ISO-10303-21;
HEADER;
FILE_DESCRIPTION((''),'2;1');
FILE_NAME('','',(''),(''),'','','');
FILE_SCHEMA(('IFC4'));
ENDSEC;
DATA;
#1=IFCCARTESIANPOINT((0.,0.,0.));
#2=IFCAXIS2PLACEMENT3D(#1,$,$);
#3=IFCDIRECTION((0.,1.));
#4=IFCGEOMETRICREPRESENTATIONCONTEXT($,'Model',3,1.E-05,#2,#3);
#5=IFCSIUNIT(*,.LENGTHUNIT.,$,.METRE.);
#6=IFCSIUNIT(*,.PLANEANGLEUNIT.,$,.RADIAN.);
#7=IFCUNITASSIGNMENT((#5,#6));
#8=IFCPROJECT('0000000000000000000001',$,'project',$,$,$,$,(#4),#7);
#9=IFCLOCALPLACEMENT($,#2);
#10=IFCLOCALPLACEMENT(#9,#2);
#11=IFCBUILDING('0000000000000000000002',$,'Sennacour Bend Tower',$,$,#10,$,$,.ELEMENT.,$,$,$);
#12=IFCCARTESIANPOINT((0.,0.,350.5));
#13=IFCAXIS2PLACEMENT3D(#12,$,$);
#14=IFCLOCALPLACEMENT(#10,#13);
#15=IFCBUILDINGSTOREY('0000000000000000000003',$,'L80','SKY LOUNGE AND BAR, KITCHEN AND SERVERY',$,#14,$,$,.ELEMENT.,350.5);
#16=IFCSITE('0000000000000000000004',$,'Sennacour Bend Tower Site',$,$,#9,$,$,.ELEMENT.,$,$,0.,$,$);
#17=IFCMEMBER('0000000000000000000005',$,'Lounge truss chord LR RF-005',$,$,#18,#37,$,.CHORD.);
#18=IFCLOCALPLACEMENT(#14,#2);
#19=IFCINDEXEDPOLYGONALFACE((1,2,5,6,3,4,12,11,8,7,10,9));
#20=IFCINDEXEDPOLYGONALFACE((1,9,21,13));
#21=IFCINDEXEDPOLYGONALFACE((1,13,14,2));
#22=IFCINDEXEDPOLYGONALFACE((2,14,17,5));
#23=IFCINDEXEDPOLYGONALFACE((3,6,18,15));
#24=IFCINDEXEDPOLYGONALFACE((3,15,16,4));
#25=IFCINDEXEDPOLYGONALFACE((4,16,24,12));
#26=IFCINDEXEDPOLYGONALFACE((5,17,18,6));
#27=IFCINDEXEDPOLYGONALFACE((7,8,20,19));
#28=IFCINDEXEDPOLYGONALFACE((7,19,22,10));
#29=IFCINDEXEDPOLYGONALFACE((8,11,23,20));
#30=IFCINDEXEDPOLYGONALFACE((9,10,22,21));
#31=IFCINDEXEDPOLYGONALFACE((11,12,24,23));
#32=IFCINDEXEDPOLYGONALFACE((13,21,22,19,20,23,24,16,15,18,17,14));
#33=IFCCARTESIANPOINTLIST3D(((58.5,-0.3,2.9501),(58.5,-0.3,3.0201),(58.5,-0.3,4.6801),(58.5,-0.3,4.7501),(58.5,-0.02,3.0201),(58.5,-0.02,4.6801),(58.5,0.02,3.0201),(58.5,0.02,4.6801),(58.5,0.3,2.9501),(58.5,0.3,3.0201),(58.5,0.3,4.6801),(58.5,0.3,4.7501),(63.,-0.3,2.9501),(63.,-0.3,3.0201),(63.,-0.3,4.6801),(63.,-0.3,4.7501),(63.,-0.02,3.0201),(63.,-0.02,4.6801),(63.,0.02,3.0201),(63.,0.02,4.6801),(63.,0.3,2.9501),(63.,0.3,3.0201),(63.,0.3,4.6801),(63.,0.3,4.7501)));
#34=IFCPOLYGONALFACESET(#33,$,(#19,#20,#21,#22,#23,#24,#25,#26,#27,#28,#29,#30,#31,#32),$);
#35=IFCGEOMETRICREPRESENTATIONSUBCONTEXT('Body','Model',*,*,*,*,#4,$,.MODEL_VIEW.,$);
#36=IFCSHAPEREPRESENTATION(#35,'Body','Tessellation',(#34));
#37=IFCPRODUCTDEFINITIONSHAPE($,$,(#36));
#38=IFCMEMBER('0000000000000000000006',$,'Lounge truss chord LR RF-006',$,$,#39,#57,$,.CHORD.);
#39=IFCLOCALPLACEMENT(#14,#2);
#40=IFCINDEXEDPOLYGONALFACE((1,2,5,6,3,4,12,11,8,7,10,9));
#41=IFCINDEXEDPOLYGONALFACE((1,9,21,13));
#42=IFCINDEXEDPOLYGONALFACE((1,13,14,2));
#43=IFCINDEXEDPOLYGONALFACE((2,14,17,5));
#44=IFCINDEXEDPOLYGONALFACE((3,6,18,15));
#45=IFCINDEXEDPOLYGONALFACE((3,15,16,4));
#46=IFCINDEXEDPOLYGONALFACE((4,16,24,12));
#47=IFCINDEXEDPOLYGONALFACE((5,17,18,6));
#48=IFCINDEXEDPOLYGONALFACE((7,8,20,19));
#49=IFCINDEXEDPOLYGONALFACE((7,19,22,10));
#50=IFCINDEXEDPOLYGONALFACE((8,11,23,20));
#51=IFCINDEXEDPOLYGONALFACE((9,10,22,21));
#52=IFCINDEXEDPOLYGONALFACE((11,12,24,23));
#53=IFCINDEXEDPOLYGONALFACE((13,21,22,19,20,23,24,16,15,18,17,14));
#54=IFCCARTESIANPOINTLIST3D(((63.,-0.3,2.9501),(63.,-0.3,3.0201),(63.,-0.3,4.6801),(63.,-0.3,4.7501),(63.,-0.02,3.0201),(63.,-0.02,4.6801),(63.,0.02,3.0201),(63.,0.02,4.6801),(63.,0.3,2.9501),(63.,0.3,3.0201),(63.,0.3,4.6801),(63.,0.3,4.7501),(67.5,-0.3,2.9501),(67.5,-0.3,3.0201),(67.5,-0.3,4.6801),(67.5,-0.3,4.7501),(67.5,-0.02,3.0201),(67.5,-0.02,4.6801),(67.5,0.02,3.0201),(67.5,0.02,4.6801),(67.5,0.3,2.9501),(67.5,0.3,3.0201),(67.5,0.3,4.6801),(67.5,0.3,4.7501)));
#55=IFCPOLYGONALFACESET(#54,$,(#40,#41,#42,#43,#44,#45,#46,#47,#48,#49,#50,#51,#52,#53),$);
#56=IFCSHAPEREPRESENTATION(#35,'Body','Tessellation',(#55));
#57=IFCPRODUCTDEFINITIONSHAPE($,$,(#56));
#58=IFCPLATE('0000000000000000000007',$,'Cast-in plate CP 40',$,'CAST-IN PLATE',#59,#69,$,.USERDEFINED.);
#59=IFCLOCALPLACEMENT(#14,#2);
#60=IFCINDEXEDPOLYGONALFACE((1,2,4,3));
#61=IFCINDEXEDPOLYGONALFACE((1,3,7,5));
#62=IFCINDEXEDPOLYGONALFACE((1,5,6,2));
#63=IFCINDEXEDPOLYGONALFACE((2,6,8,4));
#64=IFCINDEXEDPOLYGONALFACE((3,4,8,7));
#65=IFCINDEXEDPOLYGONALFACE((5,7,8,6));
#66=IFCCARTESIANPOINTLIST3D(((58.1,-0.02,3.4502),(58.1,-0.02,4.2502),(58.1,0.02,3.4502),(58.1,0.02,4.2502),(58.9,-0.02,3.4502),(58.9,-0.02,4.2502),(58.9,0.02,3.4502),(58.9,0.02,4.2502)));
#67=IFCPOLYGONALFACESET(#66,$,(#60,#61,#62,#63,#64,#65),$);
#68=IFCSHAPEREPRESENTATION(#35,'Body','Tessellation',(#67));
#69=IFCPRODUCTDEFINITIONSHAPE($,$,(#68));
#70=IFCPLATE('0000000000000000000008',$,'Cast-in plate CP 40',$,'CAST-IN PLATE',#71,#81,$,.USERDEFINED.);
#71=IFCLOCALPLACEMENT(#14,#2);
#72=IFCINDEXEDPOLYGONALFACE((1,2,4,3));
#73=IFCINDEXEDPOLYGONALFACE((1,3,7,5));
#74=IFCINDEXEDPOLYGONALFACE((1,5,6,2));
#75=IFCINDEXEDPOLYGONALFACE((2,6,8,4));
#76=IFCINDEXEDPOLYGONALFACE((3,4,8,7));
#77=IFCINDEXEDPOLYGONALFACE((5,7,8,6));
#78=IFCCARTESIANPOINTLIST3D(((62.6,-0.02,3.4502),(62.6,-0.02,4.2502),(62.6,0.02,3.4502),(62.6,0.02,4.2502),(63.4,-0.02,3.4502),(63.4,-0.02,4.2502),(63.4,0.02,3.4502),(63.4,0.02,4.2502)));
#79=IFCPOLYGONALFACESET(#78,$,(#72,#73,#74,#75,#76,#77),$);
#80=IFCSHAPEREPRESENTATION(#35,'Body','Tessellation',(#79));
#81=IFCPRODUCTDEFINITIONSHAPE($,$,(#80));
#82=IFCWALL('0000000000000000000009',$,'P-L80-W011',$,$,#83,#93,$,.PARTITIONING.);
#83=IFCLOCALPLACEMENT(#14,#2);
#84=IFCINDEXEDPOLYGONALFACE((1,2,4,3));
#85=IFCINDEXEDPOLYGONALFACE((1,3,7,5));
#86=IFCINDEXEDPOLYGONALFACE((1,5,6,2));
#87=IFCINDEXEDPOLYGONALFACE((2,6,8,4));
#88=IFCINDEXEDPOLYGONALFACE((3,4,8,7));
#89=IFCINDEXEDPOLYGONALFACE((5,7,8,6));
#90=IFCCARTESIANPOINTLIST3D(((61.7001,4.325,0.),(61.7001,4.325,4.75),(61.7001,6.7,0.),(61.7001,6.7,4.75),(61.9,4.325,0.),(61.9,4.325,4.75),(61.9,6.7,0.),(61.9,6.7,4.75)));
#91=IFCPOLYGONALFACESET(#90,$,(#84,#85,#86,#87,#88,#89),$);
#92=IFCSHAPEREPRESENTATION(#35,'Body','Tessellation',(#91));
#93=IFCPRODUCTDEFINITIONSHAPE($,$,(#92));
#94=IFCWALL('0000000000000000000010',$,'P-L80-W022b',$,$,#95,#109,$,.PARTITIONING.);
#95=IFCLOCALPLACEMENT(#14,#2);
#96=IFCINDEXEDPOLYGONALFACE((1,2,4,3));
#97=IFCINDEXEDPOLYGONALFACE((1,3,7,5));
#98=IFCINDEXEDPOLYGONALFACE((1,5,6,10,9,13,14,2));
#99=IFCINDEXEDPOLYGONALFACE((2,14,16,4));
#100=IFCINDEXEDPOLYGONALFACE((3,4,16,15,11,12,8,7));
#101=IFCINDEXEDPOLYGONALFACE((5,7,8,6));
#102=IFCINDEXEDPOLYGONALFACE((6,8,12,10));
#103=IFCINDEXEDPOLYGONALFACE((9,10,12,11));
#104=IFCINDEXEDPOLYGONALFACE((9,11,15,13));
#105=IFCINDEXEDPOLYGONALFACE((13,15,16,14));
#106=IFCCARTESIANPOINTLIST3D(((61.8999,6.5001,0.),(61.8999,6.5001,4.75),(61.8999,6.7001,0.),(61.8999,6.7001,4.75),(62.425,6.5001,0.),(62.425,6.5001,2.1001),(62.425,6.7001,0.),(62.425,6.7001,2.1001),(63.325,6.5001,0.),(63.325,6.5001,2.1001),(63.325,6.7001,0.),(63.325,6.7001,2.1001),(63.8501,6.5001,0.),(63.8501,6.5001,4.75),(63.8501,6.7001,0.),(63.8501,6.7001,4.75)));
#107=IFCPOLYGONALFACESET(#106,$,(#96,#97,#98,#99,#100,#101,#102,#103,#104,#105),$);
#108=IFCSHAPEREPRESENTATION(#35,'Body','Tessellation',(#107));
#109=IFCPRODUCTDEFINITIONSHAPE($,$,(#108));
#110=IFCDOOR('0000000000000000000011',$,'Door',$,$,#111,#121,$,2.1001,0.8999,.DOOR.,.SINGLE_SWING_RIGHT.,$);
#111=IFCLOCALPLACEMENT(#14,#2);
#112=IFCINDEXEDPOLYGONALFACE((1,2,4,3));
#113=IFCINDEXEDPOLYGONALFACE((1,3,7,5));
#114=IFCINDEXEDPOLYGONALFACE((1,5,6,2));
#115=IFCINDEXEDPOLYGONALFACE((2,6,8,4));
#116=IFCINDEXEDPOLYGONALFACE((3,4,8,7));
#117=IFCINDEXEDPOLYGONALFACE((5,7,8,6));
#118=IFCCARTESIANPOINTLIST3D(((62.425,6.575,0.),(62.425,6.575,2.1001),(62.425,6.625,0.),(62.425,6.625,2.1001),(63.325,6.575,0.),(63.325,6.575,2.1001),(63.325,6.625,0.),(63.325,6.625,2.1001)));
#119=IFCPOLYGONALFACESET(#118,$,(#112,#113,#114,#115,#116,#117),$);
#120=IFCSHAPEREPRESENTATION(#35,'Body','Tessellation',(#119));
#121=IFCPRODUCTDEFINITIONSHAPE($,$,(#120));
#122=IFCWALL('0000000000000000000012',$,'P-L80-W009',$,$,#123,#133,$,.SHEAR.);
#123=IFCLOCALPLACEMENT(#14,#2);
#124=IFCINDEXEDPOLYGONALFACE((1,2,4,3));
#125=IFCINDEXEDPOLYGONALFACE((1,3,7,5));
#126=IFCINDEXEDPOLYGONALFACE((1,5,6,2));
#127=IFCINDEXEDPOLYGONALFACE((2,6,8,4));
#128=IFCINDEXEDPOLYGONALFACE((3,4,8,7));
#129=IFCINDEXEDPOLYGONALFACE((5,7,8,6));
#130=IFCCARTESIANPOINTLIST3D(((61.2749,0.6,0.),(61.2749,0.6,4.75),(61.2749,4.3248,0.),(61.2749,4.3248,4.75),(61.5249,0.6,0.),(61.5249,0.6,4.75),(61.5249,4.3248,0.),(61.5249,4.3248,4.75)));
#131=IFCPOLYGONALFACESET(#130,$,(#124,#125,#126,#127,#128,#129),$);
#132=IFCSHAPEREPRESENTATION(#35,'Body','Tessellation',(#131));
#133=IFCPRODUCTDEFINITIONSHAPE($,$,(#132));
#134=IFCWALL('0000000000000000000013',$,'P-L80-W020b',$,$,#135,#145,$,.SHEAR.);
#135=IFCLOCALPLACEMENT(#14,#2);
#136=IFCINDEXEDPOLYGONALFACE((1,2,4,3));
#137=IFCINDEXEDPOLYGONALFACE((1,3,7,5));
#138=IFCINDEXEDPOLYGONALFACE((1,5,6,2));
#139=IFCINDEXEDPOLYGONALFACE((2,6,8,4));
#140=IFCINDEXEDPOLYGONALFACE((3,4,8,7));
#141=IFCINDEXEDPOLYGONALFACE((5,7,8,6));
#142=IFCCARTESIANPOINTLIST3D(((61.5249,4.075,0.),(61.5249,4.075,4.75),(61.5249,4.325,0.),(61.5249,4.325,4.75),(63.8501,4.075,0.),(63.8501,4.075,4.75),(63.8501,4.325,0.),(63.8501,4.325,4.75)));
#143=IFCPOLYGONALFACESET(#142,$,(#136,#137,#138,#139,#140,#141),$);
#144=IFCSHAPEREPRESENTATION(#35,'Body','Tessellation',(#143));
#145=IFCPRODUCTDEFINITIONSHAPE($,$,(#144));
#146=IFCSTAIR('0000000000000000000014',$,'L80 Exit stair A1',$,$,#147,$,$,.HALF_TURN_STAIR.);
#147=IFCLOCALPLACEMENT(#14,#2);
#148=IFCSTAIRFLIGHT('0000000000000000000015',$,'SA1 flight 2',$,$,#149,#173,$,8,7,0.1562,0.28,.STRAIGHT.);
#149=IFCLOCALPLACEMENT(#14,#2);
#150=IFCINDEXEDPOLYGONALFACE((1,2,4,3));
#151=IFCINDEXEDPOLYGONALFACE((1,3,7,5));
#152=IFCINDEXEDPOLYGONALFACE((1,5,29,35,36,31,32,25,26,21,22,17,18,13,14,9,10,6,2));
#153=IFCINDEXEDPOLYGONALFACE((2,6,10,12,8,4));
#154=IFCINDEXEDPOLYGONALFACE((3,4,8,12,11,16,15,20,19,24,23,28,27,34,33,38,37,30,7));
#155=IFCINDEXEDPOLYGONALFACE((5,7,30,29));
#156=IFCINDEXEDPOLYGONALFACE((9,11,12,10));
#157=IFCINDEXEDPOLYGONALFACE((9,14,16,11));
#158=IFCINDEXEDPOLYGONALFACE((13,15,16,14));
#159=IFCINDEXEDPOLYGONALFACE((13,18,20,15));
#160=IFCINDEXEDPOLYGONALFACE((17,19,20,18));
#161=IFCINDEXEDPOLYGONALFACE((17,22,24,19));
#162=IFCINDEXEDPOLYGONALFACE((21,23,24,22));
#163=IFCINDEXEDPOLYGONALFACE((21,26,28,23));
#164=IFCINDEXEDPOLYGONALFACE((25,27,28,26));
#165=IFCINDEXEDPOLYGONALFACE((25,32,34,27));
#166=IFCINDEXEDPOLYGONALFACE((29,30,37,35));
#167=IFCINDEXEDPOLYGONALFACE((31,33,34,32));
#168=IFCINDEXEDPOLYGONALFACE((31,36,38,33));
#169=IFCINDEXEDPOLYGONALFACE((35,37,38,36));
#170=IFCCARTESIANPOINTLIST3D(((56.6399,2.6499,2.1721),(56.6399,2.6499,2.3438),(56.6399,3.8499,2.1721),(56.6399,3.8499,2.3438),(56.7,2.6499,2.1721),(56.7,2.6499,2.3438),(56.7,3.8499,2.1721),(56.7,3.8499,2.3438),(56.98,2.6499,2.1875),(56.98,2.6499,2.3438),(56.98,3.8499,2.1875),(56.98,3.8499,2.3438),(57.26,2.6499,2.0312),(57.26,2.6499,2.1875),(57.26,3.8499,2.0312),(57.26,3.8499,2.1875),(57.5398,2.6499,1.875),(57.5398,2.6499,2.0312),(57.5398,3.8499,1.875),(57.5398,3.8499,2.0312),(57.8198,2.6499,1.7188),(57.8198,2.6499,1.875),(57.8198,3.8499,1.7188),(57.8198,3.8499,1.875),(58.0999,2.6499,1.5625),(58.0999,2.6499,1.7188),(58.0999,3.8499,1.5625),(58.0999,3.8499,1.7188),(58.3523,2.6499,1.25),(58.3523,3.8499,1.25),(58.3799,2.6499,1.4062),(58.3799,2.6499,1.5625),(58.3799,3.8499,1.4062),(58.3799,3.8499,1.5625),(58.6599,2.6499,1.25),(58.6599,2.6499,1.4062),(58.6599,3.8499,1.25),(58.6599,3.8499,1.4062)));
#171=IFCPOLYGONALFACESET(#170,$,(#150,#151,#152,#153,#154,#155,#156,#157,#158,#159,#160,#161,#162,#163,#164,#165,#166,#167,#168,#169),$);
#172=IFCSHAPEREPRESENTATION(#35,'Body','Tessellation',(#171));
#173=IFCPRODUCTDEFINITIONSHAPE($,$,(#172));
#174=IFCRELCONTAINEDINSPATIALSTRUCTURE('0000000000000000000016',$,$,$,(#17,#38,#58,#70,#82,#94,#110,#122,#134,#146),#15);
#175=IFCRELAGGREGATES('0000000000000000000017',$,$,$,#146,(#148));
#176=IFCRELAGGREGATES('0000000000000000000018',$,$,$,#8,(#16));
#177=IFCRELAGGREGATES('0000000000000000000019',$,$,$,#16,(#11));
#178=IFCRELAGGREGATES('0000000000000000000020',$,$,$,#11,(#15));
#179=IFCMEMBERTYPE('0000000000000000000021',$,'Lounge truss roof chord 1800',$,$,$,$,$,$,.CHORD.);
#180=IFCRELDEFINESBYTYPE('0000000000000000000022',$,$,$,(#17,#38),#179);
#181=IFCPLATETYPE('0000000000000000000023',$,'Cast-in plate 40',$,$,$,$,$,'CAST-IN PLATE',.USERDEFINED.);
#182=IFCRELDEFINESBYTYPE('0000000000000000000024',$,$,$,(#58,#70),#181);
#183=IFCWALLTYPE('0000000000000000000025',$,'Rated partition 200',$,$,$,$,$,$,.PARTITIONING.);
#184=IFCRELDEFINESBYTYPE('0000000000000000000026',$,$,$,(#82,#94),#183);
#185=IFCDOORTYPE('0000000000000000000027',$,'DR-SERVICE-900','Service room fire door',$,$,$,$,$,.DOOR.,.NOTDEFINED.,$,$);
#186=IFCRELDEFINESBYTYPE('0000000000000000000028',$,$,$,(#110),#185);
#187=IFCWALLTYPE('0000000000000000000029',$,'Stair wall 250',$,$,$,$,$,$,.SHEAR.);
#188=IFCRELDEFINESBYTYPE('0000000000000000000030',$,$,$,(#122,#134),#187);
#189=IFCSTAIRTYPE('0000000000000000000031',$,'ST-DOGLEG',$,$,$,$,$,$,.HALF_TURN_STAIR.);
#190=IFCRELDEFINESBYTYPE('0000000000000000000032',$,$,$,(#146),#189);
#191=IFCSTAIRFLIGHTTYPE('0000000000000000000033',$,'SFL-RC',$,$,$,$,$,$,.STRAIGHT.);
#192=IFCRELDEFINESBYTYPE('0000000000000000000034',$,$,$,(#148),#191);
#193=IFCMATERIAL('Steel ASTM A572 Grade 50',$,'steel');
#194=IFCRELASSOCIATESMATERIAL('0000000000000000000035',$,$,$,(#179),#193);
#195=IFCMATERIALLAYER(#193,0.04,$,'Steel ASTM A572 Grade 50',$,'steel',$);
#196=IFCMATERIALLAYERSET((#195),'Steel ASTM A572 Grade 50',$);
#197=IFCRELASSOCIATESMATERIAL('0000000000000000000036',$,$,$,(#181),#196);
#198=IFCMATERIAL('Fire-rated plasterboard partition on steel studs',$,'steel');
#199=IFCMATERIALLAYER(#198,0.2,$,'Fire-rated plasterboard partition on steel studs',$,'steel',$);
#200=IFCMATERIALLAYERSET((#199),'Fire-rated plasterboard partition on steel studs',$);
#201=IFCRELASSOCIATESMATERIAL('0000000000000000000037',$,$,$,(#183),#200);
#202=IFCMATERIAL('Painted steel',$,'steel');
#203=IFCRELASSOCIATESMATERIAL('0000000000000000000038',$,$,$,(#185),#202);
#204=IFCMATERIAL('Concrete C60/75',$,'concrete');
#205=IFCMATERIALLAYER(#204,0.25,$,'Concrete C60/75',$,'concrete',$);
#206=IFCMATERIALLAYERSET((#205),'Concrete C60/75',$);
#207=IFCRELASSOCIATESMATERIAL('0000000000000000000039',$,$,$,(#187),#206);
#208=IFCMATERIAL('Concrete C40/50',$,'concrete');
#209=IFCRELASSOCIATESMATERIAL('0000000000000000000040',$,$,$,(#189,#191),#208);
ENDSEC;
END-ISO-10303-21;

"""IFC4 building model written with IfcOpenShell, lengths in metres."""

from ifc_helpers import new_model, si_unit, direction, frame, frame_2d, origin, origin_2d, place, context, subcontext, project, spatial, polyline, rectangle, i_section, outline, extrude, material, layer, layer_set, material_profile, profile_set, type_object, element, fill, aggregate, save


model = new_model("IFC4")

# Units and contexts
model_context = context("Model", 3, precision=1e-05, world=origin(), true_north=direction((0.0, 1.0)))
body_context = subcontext(model_context, "Body", "Model", "MODEL_VIEW")
ifc_project = project(units=[si_unit("LENGTHUNIT", "METRE"), si_unit("PLANEANGLEUNIT", "RADIAN")], contexts=[model_context])

# Site, building, storey
site_placement = place(None, origin())
site = spatial("IfcSite", under=ifc_project, at=site_placement, Name="Sennacour Bend Tower Site", CompositionType="ELEMENT", RefElevation=0.0)
building_placement = place(site_placement, origin())
building = spatial("IfcBuilding", under=site, at=building_placement, Name="Sennacour Bend Tower", CompositionType="ELEMENT")
storey_placement = place(building_placement, frame((0.0, 0.0, 350.5)))
storey = spatial("IfcBuildingStorey", under=building, at=storey_placement, Name="L80", Description="SKY LOUNGE AND BAR, KITCHEN AND SERVERY", CompositionType="ELEMENT", Elevation=350.5)

# Members
ifc_material_1 = material(Name="Steel ASTM A572 Grade 50", Category="steel")
ifc_material_profile = material_profile(ifc_material_1, i_section(OverallWidth=0.6001, OverallDepth=1.8, WebThickness=0.04, FlangeThickness=0.0701, at=origin_2d()), Name="Steel ASTM A572 Grade 50", Category="steel")
ifc_profile_set = profile_set([ifc_material_profile], Name="Steel ASTM A572 Grade 50")
member_type = type_object("IfcMemberType", Name="Lounge truss roof chord 1800", PredefinedType="CHORD", material=ifc_profile_set)
for number, where, z_axis, x_axis, name in (
    (1, (58.5, 0.0, 3.8501), (1.0, 0.0, 0.0), (0.0, 1.0, 0.0), "Lounge truss chord LR RF-005"),
    (2, (63.0, 0.0, 3.8501), (1.0, 0.0, 0.0), (0.0, 1.0, 0.0), "Lounge truss chord LR RF-006"),
):
    element("IfcMember", number, at=place(storey_placement, frame(where, z_axis=z_axis, x_axis=x_axis)), inside=storey, type_object=member_type, Name=name, PredefinedType="CHORD", context=body_context, shape_type="SweptSolid", body=[
        extrude(i_section(OverallWidth=0.6001, OverallDepth=1.8, WebThickness=0.04, FlangeThickness=0.0701, at=origin_2d()), origin(), (0.0, 0.0, 1.0), 4.5),
    ])

# Plates
ifc_layer_1 = layer(ifc_material_1, 0.04, Name="Steel ASTM A572 Grade 50", Category="steel")
ifc_layer_set_1 = layer_set([ifc_layer_1], Name="Steel ASTM A572 Grade 50")
plate_type = type_object("IfcPlateType", Name="Cast-in plate 40", ElementType="CAST-IN PLATE", PredefinedType="USERDEFINED", material=ifc_layer_set_1)
for number, where, z_axis, x_axis, name in (
    (3, (58.5, 0.0, 3.4502), (0.0, 0.0, 1.0), (1.0, 0.0, 0.0), "Cast-in plate CP 40"),
    (4, (63.0, 0.0, 3.4502), (0.0, 0.0, 1.0), (1.0, 0.0, 0.0), "Cast-in plate CP 40"),
):
    element("IfcPlate", number, at=place(storey_placement, frame(where, z_axis=z_axis, x_axis=x_axis)), inside=storey, type_object=plate_type, Name=name, ObjectType="CAST-IN PLATE", PredefinedType="USERDEFINED", context=body_context, shape_type="SweptSolid", body=[
        extrude(rectangle(XDim=0.8, YDim=0.04, at=origin_2d()), origin(), (0.0, 0.0, 1.0), 0.8),
    ])

# Wall
ifc_material_2 = material(Name="Fire-rated plasterboard partition on steel studs", Category="steel")
ifc_layer_2 = layer(ifc_material_2, 0.2, Name="Fire-rated plasterboard partition on steel studs", Category="steel")
ifc_layer_set_2 = layer_set([ifc_layer_2], Name="Fire-rated plasterboard partition on steel studs")
wall_type_1 = type_object("IfcWallType", Name="Rated partition 200", PredefinedType="PARTITIONING", material=ifc_layer_set_2)
wall_1_placement = place(storey_placement, frame((61.8, 4.325, 0.0), z_axis=(0.0, 0.0, 1.0), x_axis=(0.0, 1.0, 0.0)))
element("IfcWall", 5, at=wall_1_placement, inside=storey, type_object=wall_type_1, Name="P-L80-W011", PredefinedType="PARTITIONING", context=body_context, shape_type="SweptSolid", body=[
    extrude(rectangle(XDim=2.375, YDim=0.2, at=frame_2d((1.1875, 0.0))), origin(), (0.0, 0.0, 1.0), 4.75),
])

# Wall, opening, door
wall_2_placement = place(storey_placement, frame((61.8999, 6.6001, 0.0), z_axis=(0.0, 0.0, 1.0), x_axis=(1.0, 0.0, 0.0)))
wall_2 = element("IfcWall", 6, at=wall_2_placement, inside=storey, type_object=wall_type_1, Name="P-L80-W022b", PredefinedType="PARTITIONING", context=body_context, shape_type="SweptSolid", body=[
    extrude(rectangle(XDim=1.9502, YDim=0.2, at=frame_2d((0.9751, 0.0))), origin(), (0.0, 0.0, 1.0), 4.75),
])
opening_placement = place(wall_2_placement, frame((0.5251, 0.0, 0.0)))
opening = element("IfcOpeningElement", 7, at=opening_placement, cuts=wall_2, PredefinedType="OPENING", context=body_context, shape_type="SweptSolid", body=[
    extrude(rectangle(XDim=0.8999, YDim=2.1001, at=frame_2d((0.45, 1.05))), frame((0.0, 0.1099, 0.0), z_axis=(0.0, -1.0, 0.0), x_axis=(1.0, 0.0, 0.0)), (0.0, 0.0, 1.0), 0.22),
])
ifc_material_3 = material(Name="Painted steel", Category="steel")
door_type = type_object("IfcDoorType", Name="DR-SERVICE-900", Description="Service room fire door", OperationType="NOTDEFINED", PredefinedType="DOOR", material=ifc_material_3)
door_placement = place(opening_placement, origin())
door = element("IfcDoor", 8, at=door_placement, inside=storey, type_object=door_type, Name="Door", OperationType="SINGLE_SWING_RIGHT", OverallHeight=2.1001, OverallWidth=0.8999, PredefinedType="DOOR", context=body_context, shape_type="SweptSolid", body=[
    extrude(rectangle(XDim=0.8999, YDim=2.1001, at=frame_2d((0.45, 1.05))), frame((0.0, 0.0249, 0.0), z_axis=(0.0, -1.0, 0.0), x_axis=(1.0, 0.0, 0.0)), (0.0, 0.0, 1.0), 0.05),
])
fill(opening, door)

# Walls
ifc_material_4 = material(Name="Concrete C60/75", Category="concrete")
ifc_layer_3 = layer(ifc_material_4, 0.25, Name="Concrete C60/75", Category="concrete")
ifc_layer_set_3 = layer_set([ifc_layer_3], Name="Concrete C60/75")
wall_type_2 = type_object("IfcWallType", Name="Stair wall 250", PredefinedType="SHEAR", material=ifc_layer_set_3)
wall_3_placement = place(storey_placement, frame((61.3999, 0.6001, 0.0), z_axis=(0.0, 0.0, 1.0), x_axis=(0.0, 1.0, 0.0)))
element("IfcWall", 9, at=wall_3_placement, inside=storey, type_object=wall_type_2, Name="P-L80-W009", PredefinedType="SHEAR", context=body_context, shape_type="SweptSolid", body=[
    extrude(rectangle(XDim=3.7249, YDim=0.25, at=frame_2d((1.8623, 0.0))), origin(), (0.0, 0.0, 1.0), 4.75),
])
wall_4_placement = place(storey_placement, frame((61.5249, 4.2, 0.0), z_axis=(0.0, 0.0, 1.0), x_axis=(1.0, 0.0, 0.0)))
element("IfcWall", 10, at=wall_4_placement, inside=storey, type_object=wall_type_2, Name="P-L80-W020b", PredefinedType="SHEAR", context=body_context, shape_type="SweptSolid", body=[
    extrude(rectangle(XDim=2.3252, YDim=0.25, at=frame_2d((1.1626, 0.0))), origin(), (0.0, 0.0, 1.0), 4.75),
])

# Stair, stair flight
ifc_material_5 = material(Name="Concrete C40/50", Category="concrete")
stair_type = type_object("IfcStairType", Name="ST-DOGLEG", PredefinedType="HALF_TURN_STAIR", material=ifc_material_5)
stair_1_placement = place(storey_placement, origin())
stair_1 = element("IfcStair", 11, at=stair_1_placement, inside=storey, type_object=stair_type, Name="L80 Exit stair A1", PredefinedType="HALF_TURN_STAIR")
stair_flight_type = type_object("IfcStairFlightType", Name="SFL-RC", PredefinedType="STRAIGHT", material=ifc_material_5)
stair_flight_1_placement = place(storey_placement, frame((58.6599, 3.25, 1.25), z_axis=(0.0, 0.0, 1.0), x_axis=(-1.0, 0.0, 0.0)))
stair_flight_1 = element("IfcStairFlight", 12, at=stair_flight_1_placement, type_object=stair_flight_type, Name="SA1 flight 2", NumberOfRisers=8, NumberOfTreads=7, PredefinedType="STRAIGHT", RiserHeight=0.1562, TreadLength=0.28, context=body_context, shape_type="SweptSolid", body=[
    extrude(outline(polyline([(0.0, 0.0), (0.0, 0.1562), (0.28, 0.1562), (0.28, 0.3125), (0.5601, 0.3125), (0.5601, 0.4688), (0.8401, 0.4688), (0.8401, 0.625), (1.1201, 0.625), (1.1201, 0.7812), (1.3999, 0.7812), (1.3999, 0.9375), (1.6799, 0.9375), (1.6799, 1.0938), (1.96, 1.0938), (2.02, 1.0938), (2.02, 0.9221), (1.96, 0.9221), (0.3076, 0.0), (0.0, 0.0)])), frame((0.0, 0.6001, 0.0), z_axis=(0.0, -1.0, 0.0), x_axis=(1.0, 0.0, 0.0)), (0.0, 0.0, 1.0), 1.2),
])
aggregate(stair_1, [stair_flight_1])

save(model, "model.ifc")
